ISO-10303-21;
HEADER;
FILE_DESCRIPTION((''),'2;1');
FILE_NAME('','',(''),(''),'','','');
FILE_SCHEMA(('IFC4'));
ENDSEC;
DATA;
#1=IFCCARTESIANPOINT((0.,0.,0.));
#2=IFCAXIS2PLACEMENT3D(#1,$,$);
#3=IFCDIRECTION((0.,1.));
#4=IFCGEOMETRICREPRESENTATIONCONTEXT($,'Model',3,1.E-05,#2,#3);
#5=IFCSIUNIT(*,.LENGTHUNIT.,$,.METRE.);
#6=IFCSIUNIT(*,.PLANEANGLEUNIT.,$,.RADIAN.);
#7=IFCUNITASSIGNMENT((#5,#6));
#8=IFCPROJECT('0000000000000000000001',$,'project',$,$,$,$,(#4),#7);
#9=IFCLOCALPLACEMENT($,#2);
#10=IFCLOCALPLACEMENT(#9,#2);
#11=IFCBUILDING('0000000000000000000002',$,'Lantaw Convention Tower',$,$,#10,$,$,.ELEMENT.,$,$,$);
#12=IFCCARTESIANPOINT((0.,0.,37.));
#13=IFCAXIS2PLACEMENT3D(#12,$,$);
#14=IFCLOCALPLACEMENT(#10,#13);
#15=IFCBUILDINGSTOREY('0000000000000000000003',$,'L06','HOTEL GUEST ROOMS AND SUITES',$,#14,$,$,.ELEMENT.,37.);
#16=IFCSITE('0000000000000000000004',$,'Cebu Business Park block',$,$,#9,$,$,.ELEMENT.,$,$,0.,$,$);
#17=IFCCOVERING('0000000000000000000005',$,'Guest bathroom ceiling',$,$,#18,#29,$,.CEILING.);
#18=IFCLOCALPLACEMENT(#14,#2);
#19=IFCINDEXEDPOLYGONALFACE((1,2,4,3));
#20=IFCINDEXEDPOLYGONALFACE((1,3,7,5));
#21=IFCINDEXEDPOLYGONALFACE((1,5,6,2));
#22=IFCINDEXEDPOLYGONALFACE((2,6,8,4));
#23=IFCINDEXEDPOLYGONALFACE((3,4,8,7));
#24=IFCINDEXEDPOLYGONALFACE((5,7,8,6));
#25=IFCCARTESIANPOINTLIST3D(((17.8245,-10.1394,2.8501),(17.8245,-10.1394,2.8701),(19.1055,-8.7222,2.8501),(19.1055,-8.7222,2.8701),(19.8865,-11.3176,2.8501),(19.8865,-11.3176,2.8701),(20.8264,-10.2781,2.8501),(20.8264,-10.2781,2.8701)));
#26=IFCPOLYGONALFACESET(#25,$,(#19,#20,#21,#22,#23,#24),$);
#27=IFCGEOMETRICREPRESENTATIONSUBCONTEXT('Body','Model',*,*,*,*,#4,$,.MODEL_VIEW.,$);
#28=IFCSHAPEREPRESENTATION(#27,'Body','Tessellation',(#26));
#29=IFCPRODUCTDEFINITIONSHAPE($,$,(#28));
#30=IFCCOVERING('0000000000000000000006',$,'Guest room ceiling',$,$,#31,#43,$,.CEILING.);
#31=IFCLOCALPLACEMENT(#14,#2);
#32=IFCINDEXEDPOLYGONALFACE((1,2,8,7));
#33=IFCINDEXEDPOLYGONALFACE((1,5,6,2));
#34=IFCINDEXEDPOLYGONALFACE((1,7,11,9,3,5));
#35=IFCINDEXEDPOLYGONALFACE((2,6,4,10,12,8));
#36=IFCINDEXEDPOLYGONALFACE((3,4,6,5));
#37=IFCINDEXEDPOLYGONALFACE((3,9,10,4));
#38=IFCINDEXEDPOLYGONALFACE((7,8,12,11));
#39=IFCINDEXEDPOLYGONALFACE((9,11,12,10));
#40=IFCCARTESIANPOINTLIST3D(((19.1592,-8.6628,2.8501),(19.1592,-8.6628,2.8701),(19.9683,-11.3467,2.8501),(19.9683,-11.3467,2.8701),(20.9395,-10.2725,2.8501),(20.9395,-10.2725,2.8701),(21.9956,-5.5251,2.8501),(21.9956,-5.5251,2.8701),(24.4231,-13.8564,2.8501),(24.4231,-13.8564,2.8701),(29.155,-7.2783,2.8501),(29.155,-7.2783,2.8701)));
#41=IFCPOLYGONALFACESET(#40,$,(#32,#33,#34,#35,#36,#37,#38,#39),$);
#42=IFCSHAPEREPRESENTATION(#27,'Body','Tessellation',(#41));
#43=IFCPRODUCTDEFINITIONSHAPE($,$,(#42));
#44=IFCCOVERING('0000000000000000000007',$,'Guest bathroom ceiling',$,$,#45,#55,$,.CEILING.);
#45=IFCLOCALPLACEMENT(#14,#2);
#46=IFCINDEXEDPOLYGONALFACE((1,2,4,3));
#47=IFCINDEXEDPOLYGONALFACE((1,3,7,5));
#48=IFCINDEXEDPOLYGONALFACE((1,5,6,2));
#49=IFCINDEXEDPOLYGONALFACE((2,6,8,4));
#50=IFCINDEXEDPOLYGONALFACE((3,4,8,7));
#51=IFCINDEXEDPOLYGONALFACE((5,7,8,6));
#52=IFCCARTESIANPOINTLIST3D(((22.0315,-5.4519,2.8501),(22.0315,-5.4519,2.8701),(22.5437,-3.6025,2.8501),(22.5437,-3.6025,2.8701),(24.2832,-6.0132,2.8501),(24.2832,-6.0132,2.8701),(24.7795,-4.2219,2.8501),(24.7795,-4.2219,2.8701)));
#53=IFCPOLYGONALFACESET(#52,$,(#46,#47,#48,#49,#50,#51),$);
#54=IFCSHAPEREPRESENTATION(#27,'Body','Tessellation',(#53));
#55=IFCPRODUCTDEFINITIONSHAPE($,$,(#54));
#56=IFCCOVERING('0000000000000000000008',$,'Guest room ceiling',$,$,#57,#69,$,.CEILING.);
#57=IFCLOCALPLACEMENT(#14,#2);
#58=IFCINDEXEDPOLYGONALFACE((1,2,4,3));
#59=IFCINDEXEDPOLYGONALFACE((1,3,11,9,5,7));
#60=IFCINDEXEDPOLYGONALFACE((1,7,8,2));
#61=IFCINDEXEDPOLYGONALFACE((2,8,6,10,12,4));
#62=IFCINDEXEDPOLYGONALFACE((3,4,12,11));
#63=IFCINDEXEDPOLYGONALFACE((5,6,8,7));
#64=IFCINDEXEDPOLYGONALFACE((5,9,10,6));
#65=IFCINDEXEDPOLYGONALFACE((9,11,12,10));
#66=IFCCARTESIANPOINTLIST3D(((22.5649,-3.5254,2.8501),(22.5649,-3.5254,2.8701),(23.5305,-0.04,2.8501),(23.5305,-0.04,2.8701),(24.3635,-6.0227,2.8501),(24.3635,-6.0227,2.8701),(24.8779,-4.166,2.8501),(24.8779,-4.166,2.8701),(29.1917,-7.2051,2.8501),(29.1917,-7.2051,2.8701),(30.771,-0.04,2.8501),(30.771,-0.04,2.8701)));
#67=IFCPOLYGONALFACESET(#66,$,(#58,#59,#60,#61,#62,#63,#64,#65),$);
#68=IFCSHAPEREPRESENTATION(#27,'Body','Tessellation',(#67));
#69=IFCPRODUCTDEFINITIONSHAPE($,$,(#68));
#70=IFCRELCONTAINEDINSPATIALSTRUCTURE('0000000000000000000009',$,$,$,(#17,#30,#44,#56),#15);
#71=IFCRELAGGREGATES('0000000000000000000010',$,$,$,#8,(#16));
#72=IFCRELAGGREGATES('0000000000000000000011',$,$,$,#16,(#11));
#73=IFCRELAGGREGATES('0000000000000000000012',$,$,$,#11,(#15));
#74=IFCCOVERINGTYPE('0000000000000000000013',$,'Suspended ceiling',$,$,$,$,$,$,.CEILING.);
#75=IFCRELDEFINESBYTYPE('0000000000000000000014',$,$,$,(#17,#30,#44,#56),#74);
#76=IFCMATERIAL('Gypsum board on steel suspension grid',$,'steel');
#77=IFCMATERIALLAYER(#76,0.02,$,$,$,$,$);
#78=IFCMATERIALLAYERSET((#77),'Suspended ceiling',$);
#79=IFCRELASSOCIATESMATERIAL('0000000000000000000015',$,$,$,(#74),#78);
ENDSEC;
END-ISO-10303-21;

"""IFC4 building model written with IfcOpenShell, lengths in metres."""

from ifc_helpers import new_model, si_unit, direction, frame, origin, place, context, subcontext, project, spatial, polyline, outline, extrude, material, layer, layer_set, type_object, element, save


model = new_model("IFC4")

# Units and contexts
model_context = context("Model", 3, precision=1e-05, world=origin(), true_north=direction((0.0, 1.0)))
body_context = subcontext(model_context, "Body", "Model", "MODEL_VIEW")
ifc_project = project(units=[si_unit("LENGTHUNIT", "METRE"), si_unit("PLANEANGLEUNIT", "RADIAN")], contexts=[model_context])

# Site, building, storey
site_placement = place(None, origin())
site = spatial("IfcSite", under=ifc_project, at=site_placement, Name="Cebu Business Park block", CompositionType="ELEMENT", RefElevation=0.0)
building_placement = place(site_placement, origin())
building = spatial("IfcBuilding", under=site, at=building_placement, Name="Lantaw Convention Tower", CompositionType="ELEMENT")
storey_placement = place(building_placement, frame((0.0, 0.0, 37.0)))
storey = spatial("IfcBuildingStorey", under=building, at=storey_placement, Name="L06", Description="HOTEL GUEST ROOMS AND SUITES", CompositionType="ELEMENT", Elevation=37.0)

# Coverings
ifc_material_1 = material(Name="Gypsum board on steel suspension grid", Category="steel")
ifc_layer_1 = layer(ifc_material_1, 0.02)
ifc_layer_set_1 = layer_set([ifc_layer_1], Name="Suspended ceiling")
covering_type = type_object("IfcCoveringType", Name="Suspended ceiling", PredefinedType="CEILING", material=ifc_layer_set_1)
covering_1_placement = place(storey_placement, frame((0.0, 0.0, 2.8501)))
element("IfcCovering", 1, at=covering_1_placement, inside=storey, type_object=covering_type, Name="Guest bathroom ceiling", PredefinedType="CEILING", context=body_context, shape_type="SweptSolid", body=[
    extrude(outline(polyline([(17.8245, -10.1394), (19.8865, -11.3176), (20.8264, -10.2781), (19.1055, -8.7222), (17.8245, -10.1394)])), origin(), (0.0, 0.0, 1.0), 0.02),
])
covering_2_placement = place(storey_placement, frame((0.0, 0.0, 2.8501)))
element("IfcCovering", 2, at=covering_2_placement, inside=storey, type_object=covering_type, Name="Guest room ceiling", PredefinedType="CEILING", context=body_context, shape_type="SweptSolid", body=[
    extrude(outline(polyline([(21.9956, -5.5251), (19.1592, -8.6628), (20.9395, -10.2725), (19.9683, -11.3467), (24.4231, -13.8564), (29.155, -7.2783), (21.9956, -5.5251)])), origin(), (0.0, 0.0, 1.0), 0.02),
])
covering_3_placement = place(storey_placement, frame((0.0, 0.0, 2.8501)))
element("IfcCovering", 3, at=covering_3_placement, inside=storey, type_object=covering_type, Name="Guest bathroom ceiling", PredefinedType="CEILING", context=body_context, shape_type="SweptSolid", body=[
    extrude(outline(polyline([(22.0315, -5.4519), (24.2832, -6.0132), (24.7795, -4.2219), (22.5437, -3.6025), (22.0315, -5.4519)])), origin(), (0.0, 0.0, 1.0), 0.02),
])
covering_4_placement = place(storey_placement, frame((0.0, 0.0, 2.8501)))
element("IfcCovering", 4, at=covering_4_placement, inside=storey, type_object=covering_type, Name="Guest room ceiling", PredefinedType="CEILING", context=body_context, shape_type="SweptSolid", body=[
    extrude(outline(polyline([(22.5649, -3.5254), (24.8779, -4.166), (24.3635, -6.0227), (29.1917, -7.2051), (30.771, -0.04), (23.5305, -0.04), (22.5649, -3.5254)])), origin(), (0.0, 0.0, 1.0), 0.02),
])

save(model, "model.ifc")
